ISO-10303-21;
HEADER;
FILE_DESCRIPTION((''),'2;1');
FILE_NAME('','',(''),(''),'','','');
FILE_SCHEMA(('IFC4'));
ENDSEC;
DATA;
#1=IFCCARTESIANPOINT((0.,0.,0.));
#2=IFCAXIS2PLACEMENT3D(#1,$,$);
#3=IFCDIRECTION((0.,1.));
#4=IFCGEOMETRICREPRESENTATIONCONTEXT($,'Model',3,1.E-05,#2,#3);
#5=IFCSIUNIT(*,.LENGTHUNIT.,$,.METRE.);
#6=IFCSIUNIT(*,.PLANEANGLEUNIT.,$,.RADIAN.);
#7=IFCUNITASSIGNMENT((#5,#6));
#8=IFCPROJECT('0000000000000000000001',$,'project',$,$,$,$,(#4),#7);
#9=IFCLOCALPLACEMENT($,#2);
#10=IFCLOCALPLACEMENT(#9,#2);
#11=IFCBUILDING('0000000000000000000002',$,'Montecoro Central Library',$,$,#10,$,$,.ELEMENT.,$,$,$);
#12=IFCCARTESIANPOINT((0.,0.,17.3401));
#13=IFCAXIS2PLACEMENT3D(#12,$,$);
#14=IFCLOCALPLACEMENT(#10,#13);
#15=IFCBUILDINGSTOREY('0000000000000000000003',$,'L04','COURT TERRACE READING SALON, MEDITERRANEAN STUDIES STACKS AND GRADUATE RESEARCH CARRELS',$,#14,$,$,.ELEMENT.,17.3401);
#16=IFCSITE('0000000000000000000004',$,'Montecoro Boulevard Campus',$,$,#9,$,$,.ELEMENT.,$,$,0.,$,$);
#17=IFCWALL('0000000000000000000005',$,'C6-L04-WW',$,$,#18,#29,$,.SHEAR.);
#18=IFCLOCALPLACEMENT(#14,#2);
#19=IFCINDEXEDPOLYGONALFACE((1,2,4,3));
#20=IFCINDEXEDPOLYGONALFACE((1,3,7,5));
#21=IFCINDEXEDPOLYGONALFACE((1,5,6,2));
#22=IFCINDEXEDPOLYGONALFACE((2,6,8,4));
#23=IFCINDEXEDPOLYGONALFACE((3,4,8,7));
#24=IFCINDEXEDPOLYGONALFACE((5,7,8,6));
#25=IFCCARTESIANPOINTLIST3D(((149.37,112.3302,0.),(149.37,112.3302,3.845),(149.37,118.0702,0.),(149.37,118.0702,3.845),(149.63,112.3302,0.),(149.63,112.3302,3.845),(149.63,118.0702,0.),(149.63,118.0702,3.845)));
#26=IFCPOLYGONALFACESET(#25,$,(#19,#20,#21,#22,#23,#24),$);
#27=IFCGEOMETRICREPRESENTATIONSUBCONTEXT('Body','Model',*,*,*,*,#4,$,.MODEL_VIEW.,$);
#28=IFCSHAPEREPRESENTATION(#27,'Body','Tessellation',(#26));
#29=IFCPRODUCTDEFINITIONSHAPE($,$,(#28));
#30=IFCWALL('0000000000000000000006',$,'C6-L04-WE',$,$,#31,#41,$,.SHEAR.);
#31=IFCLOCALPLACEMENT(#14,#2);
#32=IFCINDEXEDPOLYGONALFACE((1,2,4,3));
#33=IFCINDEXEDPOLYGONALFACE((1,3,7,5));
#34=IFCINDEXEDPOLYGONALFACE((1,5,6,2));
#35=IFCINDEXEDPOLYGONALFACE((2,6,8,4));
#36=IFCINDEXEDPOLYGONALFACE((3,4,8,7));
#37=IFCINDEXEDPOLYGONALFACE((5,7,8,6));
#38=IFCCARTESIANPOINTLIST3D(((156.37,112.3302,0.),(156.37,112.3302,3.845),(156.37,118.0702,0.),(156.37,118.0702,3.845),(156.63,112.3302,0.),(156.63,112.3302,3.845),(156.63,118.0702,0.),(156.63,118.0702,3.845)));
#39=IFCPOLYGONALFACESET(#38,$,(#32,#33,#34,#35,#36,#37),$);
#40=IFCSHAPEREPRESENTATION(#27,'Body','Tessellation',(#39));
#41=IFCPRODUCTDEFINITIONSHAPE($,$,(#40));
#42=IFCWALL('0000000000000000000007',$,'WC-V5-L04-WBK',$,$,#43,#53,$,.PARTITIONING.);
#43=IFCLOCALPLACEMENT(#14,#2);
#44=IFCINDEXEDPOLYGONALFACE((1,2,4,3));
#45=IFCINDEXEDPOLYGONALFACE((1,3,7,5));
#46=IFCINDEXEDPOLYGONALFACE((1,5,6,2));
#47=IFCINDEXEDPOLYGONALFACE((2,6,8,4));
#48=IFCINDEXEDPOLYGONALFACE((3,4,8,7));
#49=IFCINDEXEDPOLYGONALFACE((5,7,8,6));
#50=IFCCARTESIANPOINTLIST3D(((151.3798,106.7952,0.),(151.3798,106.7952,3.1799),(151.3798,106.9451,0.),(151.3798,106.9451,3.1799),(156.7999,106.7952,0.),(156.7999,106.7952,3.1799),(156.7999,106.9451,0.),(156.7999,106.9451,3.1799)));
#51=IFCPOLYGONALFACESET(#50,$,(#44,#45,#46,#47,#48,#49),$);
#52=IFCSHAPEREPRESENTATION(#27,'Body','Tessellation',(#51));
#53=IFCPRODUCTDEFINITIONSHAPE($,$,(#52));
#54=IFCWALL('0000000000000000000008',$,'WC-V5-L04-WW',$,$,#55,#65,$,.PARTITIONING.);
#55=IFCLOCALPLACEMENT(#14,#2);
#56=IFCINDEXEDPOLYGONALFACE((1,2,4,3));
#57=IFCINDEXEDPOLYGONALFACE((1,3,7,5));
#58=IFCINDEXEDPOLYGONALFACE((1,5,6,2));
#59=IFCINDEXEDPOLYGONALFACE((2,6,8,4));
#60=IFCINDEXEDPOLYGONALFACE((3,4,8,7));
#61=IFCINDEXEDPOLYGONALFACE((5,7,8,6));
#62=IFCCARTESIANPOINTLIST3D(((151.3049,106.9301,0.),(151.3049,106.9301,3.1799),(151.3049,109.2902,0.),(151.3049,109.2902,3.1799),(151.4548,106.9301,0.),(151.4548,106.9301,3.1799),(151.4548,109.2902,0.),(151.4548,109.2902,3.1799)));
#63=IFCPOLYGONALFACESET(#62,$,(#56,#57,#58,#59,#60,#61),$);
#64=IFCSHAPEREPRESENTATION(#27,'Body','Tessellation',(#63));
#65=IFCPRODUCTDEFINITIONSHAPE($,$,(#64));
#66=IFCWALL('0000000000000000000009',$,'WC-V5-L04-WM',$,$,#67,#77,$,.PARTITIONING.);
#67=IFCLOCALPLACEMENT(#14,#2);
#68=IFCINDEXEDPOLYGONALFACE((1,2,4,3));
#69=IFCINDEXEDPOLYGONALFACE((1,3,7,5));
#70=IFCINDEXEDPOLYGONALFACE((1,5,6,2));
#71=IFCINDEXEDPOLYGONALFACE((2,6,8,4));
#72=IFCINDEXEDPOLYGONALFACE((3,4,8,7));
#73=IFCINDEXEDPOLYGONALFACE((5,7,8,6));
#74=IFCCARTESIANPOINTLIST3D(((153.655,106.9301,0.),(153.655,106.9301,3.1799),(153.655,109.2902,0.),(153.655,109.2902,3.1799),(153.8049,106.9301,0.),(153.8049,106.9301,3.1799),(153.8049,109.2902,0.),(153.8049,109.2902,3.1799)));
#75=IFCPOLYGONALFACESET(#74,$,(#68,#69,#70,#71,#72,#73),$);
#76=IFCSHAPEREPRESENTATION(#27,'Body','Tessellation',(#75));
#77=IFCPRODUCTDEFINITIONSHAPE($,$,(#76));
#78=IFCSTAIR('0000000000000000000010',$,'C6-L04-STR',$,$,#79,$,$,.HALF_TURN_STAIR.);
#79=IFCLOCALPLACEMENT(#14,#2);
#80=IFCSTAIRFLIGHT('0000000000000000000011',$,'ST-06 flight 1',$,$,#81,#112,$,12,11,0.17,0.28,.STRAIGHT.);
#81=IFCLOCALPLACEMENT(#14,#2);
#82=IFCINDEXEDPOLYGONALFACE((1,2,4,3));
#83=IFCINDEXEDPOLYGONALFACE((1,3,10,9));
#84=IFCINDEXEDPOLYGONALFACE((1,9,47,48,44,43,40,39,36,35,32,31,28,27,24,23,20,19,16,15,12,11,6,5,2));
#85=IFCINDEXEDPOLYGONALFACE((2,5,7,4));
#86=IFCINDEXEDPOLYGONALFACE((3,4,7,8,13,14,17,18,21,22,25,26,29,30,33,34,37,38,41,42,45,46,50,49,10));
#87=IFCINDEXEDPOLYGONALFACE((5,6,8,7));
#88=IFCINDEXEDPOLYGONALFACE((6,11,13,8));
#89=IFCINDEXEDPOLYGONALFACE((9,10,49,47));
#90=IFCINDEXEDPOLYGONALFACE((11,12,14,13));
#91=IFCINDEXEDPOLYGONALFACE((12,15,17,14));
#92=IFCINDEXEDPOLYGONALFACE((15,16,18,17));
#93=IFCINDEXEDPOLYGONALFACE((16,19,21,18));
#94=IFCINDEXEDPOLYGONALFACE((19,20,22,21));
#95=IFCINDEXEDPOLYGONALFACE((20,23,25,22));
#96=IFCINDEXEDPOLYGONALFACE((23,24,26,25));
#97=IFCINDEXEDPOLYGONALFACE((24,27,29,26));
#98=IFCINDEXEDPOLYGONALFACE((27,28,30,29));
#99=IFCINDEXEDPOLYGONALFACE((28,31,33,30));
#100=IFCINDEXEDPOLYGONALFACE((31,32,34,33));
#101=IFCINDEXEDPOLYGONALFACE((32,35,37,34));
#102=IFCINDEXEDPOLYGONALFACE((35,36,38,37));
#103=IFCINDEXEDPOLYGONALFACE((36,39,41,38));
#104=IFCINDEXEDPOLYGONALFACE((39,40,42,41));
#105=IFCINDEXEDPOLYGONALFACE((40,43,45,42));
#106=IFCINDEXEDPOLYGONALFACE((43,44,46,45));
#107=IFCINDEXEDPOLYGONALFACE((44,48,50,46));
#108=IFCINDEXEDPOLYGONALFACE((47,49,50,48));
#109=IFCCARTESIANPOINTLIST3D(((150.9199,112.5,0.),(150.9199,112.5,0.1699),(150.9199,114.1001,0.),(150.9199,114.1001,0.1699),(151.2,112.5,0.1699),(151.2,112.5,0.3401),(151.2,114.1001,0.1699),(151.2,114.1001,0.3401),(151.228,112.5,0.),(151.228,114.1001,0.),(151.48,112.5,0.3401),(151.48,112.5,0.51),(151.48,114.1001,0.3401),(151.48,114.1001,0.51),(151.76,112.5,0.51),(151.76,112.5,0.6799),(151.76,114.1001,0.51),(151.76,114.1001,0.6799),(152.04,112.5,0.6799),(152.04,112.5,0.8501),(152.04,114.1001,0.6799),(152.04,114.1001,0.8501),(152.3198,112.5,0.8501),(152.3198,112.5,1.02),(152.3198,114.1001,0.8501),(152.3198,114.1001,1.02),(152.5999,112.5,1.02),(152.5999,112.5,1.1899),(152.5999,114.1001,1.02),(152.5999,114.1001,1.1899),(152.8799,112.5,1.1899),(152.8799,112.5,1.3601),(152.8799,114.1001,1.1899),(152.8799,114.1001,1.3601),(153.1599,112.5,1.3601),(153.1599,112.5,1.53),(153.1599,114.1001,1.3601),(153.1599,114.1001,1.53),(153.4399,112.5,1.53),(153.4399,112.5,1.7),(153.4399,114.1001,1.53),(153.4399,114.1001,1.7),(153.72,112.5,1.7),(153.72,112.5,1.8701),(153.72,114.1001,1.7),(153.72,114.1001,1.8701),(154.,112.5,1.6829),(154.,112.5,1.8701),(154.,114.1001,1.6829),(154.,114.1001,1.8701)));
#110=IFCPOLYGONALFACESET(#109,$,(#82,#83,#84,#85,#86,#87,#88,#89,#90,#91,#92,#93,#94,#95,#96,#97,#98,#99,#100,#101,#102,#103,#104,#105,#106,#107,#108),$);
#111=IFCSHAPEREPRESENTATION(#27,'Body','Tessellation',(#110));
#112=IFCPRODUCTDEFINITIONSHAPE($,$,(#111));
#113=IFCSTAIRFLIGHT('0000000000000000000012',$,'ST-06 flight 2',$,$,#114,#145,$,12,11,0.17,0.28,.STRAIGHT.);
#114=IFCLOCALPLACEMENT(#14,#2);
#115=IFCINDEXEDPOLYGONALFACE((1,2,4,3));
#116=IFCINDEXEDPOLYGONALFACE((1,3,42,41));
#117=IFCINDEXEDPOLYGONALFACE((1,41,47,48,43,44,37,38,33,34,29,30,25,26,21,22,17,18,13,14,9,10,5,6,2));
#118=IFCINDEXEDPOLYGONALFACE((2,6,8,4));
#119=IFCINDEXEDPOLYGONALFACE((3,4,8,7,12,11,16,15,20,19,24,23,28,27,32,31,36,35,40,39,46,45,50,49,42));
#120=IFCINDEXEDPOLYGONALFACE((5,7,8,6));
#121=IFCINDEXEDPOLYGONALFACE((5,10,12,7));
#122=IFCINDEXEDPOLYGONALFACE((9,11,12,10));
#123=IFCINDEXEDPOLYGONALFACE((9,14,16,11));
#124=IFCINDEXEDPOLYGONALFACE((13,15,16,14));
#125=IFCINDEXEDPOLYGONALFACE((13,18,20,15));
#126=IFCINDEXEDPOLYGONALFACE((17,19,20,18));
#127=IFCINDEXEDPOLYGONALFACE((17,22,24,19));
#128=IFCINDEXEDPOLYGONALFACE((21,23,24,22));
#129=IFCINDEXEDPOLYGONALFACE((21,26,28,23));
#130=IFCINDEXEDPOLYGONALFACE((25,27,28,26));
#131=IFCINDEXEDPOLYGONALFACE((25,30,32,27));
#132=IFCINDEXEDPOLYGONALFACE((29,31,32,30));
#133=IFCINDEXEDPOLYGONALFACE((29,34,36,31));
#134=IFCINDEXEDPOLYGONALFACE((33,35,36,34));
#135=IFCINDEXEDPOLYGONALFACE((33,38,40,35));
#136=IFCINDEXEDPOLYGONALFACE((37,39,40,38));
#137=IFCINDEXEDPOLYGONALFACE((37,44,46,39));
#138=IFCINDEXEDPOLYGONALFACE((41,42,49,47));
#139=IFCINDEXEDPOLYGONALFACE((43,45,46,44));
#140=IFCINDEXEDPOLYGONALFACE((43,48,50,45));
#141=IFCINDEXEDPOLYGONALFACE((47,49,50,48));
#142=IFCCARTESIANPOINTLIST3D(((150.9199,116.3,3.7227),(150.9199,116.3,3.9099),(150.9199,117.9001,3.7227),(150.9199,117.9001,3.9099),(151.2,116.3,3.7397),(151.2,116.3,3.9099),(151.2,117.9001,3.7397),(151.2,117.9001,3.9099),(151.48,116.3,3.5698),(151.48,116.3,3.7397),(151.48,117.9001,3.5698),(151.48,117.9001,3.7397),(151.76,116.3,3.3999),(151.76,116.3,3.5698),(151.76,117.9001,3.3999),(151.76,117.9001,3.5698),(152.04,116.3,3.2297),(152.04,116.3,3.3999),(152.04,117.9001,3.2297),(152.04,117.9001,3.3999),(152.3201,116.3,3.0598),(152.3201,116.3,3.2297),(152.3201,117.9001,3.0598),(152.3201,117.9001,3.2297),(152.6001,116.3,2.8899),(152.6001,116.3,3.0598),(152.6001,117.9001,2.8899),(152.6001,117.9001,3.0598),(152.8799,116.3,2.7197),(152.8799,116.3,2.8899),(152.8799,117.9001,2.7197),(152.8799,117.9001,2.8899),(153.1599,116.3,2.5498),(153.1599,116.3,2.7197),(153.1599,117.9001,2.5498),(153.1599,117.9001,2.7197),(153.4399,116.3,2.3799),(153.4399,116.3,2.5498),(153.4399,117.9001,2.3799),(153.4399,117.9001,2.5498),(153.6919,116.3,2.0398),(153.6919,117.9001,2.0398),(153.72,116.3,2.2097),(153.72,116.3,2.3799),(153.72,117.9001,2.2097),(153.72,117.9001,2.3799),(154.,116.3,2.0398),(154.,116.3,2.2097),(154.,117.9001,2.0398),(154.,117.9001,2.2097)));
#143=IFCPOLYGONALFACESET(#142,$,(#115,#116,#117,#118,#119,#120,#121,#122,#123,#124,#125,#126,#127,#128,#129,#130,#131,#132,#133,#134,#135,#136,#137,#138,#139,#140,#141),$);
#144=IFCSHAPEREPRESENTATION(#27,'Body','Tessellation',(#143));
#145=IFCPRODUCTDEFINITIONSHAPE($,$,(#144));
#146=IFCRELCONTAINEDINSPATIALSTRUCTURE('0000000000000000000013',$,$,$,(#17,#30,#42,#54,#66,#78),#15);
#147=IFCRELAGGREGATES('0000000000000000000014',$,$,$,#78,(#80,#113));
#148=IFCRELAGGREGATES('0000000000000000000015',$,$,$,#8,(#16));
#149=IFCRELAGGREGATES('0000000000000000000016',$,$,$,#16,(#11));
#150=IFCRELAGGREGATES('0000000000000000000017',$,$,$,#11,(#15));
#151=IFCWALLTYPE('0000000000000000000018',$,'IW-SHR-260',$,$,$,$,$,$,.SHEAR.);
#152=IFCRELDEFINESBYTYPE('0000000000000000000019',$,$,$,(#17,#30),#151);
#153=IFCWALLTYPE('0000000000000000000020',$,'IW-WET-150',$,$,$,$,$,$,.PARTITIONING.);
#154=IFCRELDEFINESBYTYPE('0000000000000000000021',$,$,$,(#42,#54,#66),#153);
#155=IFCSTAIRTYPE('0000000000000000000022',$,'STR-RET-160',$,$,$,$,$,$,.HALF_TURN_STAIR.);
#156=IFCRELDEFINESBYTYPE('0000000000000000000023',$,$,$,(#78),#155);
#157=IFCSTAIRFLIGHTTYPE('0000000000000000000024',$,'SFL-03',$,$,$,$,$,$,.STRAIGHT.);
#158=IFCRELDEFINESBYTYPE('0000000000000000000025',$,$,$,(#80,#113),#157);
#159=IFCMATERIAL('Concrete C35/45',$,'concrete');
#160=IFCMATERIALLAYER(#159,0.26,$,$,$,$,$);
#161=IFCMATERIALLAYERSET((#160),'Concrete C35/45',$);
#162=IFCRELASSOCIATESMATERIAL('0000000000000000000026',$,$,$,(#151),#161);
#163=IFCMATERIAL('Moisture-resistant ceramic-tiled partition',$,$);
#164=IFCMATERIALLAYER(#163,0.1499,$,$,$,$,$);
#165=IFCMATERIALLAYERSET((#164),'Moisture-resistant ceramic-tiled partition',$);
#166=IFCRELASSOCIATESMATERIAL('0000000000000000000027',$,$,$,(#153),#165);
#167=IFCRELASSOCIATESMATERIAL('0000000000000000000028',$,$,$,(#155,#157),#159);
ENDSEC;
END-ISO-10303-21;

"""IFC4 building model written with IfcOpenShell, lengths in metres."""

from ifc_helpers import new_model, si_unit, direction, frame, frame_2d, origin, place, context, subcontext, project, spatial, polyline, rectangle, outline, extrude, material, layer, layer_set, type_object, element, aggregate, save


model = new_model("IFC4")

# Units and contexts
model_context = context("Model", 3, precision=1e-05, world=origin(), true_north=direction((0.0, 1.0)))
body_context = subcontext(model_context, "Body", "Model", "MODEL_VIEW")
ifc_project = project(units=[si_unit("LENGTHUNIT", "METRE"), si_unit("PLANEANGLEUNIT", "RADIAN")], contexts=[model_context])

# Site, building, storey
site_placement = place(None, origin())
site = spatial("IfcSite", under=ifc_project, at=site_placement, Name="Montecoro Boulevard Campus", CompositionType="ELEMENT", RefElevation=0.0)
building_placement = place(site_placement, origin())
building = spatial("IfcBuilding", under=site, at=building_placement, Name="Montecoro Central Library", CompositionType="ELEMENT")
storey_placement = place(building_placement, frame((0.0, 0.0, 17.3401)))
storey = spatial("IfcBuildingStorey", under=building, at=storey_placement, Name="L04", Description="COURT TERRACE READING SALON, MEDITERRANEAN STUDIES STACKS AND GRADUATE RESEARCH CARRELS", CompositionType="ELEMENT", Elevation=17.3401)

# Shared definitions
ifc_material_1 = material(Name="Concrete C35/45", Category="concrete")

# Walls
ifc_layer_1 = layer(ifc_material_1, 0.26)
ifc_layer_set_1 = layer_set([ifc_layer_1], Name="Concrete C35/45")
wall_type_1 = type_object("IfcWallType", Name="IW-SHR-260", PredefinedType="SHEAR", material=ifc_layer_set_1)
for number, where, z_axis, x_axis, name in (
    (1, (149.5, 112.3301, 0.0), (0.0, 0.0, 1.0), (0.0, 1.0, 0.0), "C6-L04-WW"),
    (2, (156.5, 112.3301, 0.0), (0.0, 0.0, 1.0), (0.0, 1.0, 0.0), "C6-L04-WE"),
):
    element("IfcWall", number, at=place(storey_placement, frame(where, z_axis=z_axis, x_axis=x_axis)), inside=storey, type_object=wall_type_1, Name=name, PredefinedType="SHEAR", context=body_context, shape_type="SweptSolid", body=[
        extrude(rectangle(XDim=5.74, YDim=0.26, at=frame_2d((2.8701, 0.0))), origin(), (0.0, 0.0, 1.0), 3.845),
    ])
ifc_material_2 = material(Name="Moisture-resistant ceramic-tiled partition")
ifc_layer_2 = layer(ifc_material_2, 0.1499)
ifc_layer_set_2 = layer_set([ifc_layer_2], Name="Moisture-resistant ceramic-tiled partition")
wall_type_2 = type_object("IfcWallType", Name="IW-WET-150", PredefinedType="PARTITIONING", material=ifc_layer_set_2)
wall_1_placement = place(storey_placement, frame((151.3799, 106.8701, 0.0), z_axis=(0.0, 0.0, 1.0), x_axis=(1.0, 0.0, 0.0)))
element("IfcWall", 3, at=wall_1_placement, inside=storey, type_object=wall_type_2, Name="WC-V5-L04-WBK", PredefinedType="PARTITIONING", context=body_context, shape_type="SweptSolid", body=[
    extrude(rectangle(XDim=5.4202, YDim=0.1499, at=frame_2d((2.71, 0.0))), origin(), (0.0, 0.0, 1.0), 3.1799),
])
for number, where, z_axis, x_axis, name in (
    (4, (151.3799, 106.9299, 0.0), (0.0, 0.0, 1.0), (0.0, 1.0, 0.0), "WC-V5-L04-WW"),
    (5, (153.73, 106.9299, 0.0), (0.0, 0.0, 1.0), (0.0, 1.0, 0.0), "WC-V5-L04-WM"),
):
    element("IfcWall", number, at=place(storey_placement, frame(where, z_axis=z_axis, x_axis=x_axis)), inside=storey, type_object=wall_type_2, Name=name, PredefinedType="PARTITIONING", context=body_context, shape_type="SweptSolid", body=[
        extrude(rectangle(XDim=2.3601, YDim=0.1499, at=frame_2d((1.1802, 0.0))), origin(), (0.0, 0.0, 1.0), 3.1799),
    ])

# Stair, stair flights
stair_type = type_object("IfcStairType", Name="STR-RET-160", PredefinedType="HALF_TURN_STAIR", material=ifc_material_1)
stair_placement = place(storey_placement, origin())
stair = element("IfcStair", 6, at=stair_placement, inside=storey, type_object=stair_type, Name="C6-L04-STR", PredefinedType="HALF_TURN_STAIR")
stair_flight_type = type_object("IfcStairFlightType", Name="SFL-03", PredefinedType="STRAIGHT", material=ifc_material_1)
stair_flight_1_placement = place(storey_placement, frame((150.9199, 113.3, 0.0), z_axis=(0.0, 0.0, 1.0), x_axis=(1.0, 0.0, 0.0)))
stair_flight_1 = element("IfcStairFlight", 7, at=stair_flight_1_placement, type_object=stair_flight_type, Name="ST-06 flight 1", NumberOfRisers=12, NumberOfTreads=11, PredefinedType="STRAIGHT", RiserHeight=0.17, TreadLength=0.28, context=body_context, shape_type="SweptSolid", body=[
    extrude(outline(polyline([(0.0, 0.0), (0.0, 0.1699), (0.28, 0.1699), (0.28, 0.3401), (0.5601, 0.3401), (0.5601, 0.51), (0.8401, 0.51), (0.8401, 0.6799), (1.1201, 0.6799), (1.1201, 0.8501), (1.3999, 0.8501), (1.3999, 1.02), (1.6799, 1.02), (1.6799, 1.1899), (1.96, 1.1899), (1.96, 1.3601), (2.24, 1.3601), (2.24, 1.53), (2.52, 1.53), (2.52, 1.7), (2.8, 1.7), (2.8, 1.8701), (3.0801, 1.8701), (3.0801, 2.04), (3.0801, 1.6829), (0.3081, 0.0), (0.0, 0.0)])), frame((0.0, 0.8, 0.0), z_axis=(0.0, -1.0, 0.0), x_axis=(1.0, 0.0, 0.0)), (0.0, 0.0, 1.0), 1.6001),
])
stair_flight_2_placement = place(storey_placement, frame((154.0, 117.1001, 2.0398), z_axis=(0.0, 0.0, 1.0), x_axis=(-1.0, 0.0, 0.0)))
stair_flight_2 = element("IfcStairFlight", 8, at=stair_flight_2_placement, type_object=stair_flight_type, Name="ST-06 flight 2", NumberOfRisers=12, NumberOfTreads=11, PredefinedType="STRAIGHT", RiserHeight=0.17, TreadLength=0.28, context=body_context, shape_type="SweptSolid", body=[
    extrude(outline(polyline([(0.0, 0.0), (0.0, 0.1699), (0.28, 0.1699), (0.28, 0.3401), (0.5601, 0.3401), (0.5601, 0.51), (0.8401, 0.51), (0.8401, 0.6799), (1.1201, 0.6799), (1.1201, 0.8501), (1.3999, 0.8501), (1.3999, 1.02), (1.6799, 1.02), (1.6799, 1.1899), (1.96, 1.1899), (1.96, 1.3601), (2.24, 1.3601), (2.24, 1.53), (2.52, 1.53), (2.52, 1.7), (2.8, 1.7), (2.8, 1.8701), (3.0801, 1.8701), (3.0801, 2.04), (3.0801, 1.6829), (0.3081, 0.0), (0.0, 0.0)])), frame((0.0, 0.8, 0.0), z_axis=(0.0, -1.0, 0.0), x_axis=(1.0, 0.0, 0.0)), (0.0, 0.0, 1.0), 1.6001),
])
aggregate(stair, [stair_flight_1, stair_flight_2])

save(model, "model.ifc")
